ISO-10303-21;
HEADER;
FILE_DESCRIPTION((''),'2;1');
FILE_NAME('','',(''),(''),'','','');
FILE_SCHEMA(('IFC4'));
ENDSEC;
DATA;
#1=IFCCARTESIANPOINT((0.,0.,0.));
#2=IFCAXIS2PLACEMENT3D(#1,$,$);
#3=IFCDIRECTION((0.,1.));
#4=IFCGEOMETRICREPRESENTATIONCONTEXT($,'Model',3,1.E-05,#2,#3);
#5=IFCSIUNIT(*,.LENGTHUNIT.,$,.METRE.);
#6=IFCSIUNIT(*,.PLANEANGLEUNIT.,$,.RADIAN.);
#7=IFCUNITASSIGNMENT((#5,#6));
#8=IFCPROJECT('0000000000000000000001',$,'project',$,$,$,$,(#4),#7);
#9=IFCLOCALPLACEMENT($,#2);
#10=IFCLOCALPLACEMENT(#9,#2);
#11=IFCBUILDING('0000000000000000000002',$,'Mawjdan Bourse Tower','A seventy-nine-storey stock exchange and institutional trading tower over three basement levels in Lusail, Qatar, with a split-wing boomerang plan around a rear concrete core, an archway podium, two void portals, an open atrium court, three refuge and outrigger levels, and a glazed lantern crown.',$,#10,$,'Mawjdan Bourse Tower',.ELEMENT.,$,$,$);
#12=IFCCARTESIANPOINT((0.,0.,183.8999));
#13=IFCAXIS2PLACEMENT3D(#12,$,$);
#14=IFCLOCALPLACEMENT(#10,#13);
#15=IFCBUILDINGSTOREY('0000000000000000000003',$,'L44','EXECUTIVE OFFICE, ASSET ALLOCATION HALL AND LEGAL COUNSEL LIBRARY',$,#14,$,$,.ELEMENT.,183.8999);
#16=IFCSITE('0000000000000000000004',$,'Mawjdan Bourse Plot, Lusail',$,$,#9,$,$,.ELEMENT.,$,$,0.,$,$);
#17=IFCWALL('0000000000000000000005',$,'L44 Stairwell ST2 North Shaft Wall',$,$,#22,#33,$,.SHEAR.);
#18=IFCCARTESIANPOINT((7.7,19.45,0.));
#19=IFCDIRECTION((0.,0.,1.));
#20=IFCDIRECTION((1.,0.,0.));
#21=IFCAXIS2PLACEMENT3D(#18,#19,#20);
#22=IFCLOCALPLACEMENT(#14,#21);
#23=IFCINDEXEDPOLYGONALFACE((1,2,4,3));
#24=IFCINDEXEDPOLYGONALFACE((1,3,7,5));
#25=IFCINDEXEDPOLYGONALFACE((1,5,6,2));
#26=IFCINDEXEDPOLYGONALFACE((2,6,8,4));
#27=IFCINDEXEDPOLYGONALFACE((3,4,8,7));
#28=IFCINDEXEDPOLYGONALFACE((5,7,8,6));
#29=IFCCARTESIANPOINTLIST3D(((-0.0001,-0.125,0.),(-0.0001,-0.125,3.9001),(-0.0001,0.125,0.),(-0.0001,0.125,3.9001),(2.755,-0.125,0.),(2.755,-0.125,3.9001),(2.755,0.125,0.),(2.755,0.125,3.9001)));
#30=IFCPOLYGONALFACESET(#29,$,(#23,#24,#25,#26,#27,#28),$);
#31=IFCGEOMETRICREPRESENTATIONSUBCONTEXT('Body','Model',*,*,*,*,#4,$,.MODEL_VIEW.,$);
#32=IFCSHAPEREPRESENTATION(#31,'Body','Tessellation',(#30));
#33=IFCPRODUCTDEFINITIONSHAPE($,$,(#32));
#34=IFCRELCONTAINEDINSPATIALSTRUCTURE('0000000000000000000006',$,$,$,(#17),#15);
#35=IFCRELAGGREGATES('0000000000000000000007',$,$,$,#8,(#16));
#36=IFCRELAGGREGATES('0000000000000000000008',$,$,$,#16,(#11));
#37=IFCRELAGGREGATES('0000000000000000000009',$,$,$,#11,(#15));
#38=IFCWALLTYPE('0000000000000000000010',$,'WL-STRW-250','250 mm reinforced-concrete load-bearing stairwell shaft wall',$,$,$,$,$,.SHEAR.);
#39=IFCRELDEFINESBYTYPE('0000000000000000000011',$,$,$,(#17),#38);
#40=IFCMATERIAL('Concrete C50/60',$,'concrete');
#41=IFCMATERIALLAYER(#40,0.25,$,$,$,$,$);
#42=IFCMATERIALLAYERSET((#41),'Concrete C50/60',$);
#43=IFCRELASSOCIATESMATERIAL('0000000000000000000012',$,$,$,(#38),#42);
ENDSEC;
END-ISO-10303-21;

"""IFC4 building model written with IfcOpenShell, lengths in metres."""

from ifc_helpers import new_model, si_unit, direction, frame, frame_2d, origin, place, context, subcontext, project, spatial, rectangle, extrude, material, layer, layer_set, type_object, element, save


model = new_model("IFC4")

# Units and contexts
model_context = context("Model", 3, precision=1e-05, world=origin(), true_north=direction((0.0, 1.0)))
body_context = subcontext(model_context, "Body", "Model", "MODEL_VIEW")
ifc_project = project(units=[si_unit("LENGTHUNIT", "METRE"), si_unit("PLANEANGLEUNIT", "RADIAN")], contexts=[model_context])

# Site, building, storey
site_placement = place(None, origin())
site = spatial("IfcSite", under=ifc_project, at=site_placement, Name="Mawjdan Bourse Plot, Lusail", CompositionType="ELEMENT", RefElevation=0.0)
building_placement = place(site_placement, origin())
building = spatial("IfcBuilding", under=site, at=building_placement, Name="Mawjdan Bourse Tower", Description="A seventy-nine-storey stock exchange and institutional trading tower over three basement levels in Lusail, Qatar, with a split-wing boomerang plan around a rear concrete core, an archway podium, two void portals, an open atrium court, three refuge and outrigger levels, and a glazed lantern crown.", LongName="Mawjdan Bourse Tower", CompositionType="ELEMENT")
storey_placement = place(building_placement, frame((0.0, 0.0, 183.8999)))
storey = spatial("IfcBuildingStorey", under=building, at=storey_placement, Name="L44", Description="EXECUTIVE OFFICE, ASSET ALLOCATION HALL AND LEGAL COUNSEL LIBRARY", CompositionType="ELEMENT", Elevation=183.8999)

# Shared definitions
ifc_material_1 = material(Name="Concrete C50/60", Category="concrete")

# Wall
ifc_layer_1 = layer(ifc_material_1, 0.25)
ifc_layer_set_1 = layer_set([ifc_layer_1], Name="Concrete C50/60")
wall_type_1 = type_object("IfcWallType", Name="WL-STRW-250", Description="250 mm reinforced-concrete load-bearing stairwell shaft wall", PredefinedType="SHEAR", material=ifc_layer_set_1)
wall_1_placement = place(storey_placement, frame((7.7, 19.45, 0.0), z_axis=(0.0, 0.0, 1.0), x_axis=(1.0, 0.0, 0.0)))
element("IfcWall", 1, at=wall_1_placement, inside=storey, type_object=wall_type_1, Name="L44 Stairwell ST2 North Shaft Wall", PredefinedType="SHEAR", context=body_context, shape_type="SweptSolid", body=[
    extrude(rectangle(XDim=2.7551, YDim=0.25, at=frame_2d((1.3774, 0.0))), origin(), (0.0, 0.0, 1.0), 3.9001),
])

save(model, "model.ifc")
